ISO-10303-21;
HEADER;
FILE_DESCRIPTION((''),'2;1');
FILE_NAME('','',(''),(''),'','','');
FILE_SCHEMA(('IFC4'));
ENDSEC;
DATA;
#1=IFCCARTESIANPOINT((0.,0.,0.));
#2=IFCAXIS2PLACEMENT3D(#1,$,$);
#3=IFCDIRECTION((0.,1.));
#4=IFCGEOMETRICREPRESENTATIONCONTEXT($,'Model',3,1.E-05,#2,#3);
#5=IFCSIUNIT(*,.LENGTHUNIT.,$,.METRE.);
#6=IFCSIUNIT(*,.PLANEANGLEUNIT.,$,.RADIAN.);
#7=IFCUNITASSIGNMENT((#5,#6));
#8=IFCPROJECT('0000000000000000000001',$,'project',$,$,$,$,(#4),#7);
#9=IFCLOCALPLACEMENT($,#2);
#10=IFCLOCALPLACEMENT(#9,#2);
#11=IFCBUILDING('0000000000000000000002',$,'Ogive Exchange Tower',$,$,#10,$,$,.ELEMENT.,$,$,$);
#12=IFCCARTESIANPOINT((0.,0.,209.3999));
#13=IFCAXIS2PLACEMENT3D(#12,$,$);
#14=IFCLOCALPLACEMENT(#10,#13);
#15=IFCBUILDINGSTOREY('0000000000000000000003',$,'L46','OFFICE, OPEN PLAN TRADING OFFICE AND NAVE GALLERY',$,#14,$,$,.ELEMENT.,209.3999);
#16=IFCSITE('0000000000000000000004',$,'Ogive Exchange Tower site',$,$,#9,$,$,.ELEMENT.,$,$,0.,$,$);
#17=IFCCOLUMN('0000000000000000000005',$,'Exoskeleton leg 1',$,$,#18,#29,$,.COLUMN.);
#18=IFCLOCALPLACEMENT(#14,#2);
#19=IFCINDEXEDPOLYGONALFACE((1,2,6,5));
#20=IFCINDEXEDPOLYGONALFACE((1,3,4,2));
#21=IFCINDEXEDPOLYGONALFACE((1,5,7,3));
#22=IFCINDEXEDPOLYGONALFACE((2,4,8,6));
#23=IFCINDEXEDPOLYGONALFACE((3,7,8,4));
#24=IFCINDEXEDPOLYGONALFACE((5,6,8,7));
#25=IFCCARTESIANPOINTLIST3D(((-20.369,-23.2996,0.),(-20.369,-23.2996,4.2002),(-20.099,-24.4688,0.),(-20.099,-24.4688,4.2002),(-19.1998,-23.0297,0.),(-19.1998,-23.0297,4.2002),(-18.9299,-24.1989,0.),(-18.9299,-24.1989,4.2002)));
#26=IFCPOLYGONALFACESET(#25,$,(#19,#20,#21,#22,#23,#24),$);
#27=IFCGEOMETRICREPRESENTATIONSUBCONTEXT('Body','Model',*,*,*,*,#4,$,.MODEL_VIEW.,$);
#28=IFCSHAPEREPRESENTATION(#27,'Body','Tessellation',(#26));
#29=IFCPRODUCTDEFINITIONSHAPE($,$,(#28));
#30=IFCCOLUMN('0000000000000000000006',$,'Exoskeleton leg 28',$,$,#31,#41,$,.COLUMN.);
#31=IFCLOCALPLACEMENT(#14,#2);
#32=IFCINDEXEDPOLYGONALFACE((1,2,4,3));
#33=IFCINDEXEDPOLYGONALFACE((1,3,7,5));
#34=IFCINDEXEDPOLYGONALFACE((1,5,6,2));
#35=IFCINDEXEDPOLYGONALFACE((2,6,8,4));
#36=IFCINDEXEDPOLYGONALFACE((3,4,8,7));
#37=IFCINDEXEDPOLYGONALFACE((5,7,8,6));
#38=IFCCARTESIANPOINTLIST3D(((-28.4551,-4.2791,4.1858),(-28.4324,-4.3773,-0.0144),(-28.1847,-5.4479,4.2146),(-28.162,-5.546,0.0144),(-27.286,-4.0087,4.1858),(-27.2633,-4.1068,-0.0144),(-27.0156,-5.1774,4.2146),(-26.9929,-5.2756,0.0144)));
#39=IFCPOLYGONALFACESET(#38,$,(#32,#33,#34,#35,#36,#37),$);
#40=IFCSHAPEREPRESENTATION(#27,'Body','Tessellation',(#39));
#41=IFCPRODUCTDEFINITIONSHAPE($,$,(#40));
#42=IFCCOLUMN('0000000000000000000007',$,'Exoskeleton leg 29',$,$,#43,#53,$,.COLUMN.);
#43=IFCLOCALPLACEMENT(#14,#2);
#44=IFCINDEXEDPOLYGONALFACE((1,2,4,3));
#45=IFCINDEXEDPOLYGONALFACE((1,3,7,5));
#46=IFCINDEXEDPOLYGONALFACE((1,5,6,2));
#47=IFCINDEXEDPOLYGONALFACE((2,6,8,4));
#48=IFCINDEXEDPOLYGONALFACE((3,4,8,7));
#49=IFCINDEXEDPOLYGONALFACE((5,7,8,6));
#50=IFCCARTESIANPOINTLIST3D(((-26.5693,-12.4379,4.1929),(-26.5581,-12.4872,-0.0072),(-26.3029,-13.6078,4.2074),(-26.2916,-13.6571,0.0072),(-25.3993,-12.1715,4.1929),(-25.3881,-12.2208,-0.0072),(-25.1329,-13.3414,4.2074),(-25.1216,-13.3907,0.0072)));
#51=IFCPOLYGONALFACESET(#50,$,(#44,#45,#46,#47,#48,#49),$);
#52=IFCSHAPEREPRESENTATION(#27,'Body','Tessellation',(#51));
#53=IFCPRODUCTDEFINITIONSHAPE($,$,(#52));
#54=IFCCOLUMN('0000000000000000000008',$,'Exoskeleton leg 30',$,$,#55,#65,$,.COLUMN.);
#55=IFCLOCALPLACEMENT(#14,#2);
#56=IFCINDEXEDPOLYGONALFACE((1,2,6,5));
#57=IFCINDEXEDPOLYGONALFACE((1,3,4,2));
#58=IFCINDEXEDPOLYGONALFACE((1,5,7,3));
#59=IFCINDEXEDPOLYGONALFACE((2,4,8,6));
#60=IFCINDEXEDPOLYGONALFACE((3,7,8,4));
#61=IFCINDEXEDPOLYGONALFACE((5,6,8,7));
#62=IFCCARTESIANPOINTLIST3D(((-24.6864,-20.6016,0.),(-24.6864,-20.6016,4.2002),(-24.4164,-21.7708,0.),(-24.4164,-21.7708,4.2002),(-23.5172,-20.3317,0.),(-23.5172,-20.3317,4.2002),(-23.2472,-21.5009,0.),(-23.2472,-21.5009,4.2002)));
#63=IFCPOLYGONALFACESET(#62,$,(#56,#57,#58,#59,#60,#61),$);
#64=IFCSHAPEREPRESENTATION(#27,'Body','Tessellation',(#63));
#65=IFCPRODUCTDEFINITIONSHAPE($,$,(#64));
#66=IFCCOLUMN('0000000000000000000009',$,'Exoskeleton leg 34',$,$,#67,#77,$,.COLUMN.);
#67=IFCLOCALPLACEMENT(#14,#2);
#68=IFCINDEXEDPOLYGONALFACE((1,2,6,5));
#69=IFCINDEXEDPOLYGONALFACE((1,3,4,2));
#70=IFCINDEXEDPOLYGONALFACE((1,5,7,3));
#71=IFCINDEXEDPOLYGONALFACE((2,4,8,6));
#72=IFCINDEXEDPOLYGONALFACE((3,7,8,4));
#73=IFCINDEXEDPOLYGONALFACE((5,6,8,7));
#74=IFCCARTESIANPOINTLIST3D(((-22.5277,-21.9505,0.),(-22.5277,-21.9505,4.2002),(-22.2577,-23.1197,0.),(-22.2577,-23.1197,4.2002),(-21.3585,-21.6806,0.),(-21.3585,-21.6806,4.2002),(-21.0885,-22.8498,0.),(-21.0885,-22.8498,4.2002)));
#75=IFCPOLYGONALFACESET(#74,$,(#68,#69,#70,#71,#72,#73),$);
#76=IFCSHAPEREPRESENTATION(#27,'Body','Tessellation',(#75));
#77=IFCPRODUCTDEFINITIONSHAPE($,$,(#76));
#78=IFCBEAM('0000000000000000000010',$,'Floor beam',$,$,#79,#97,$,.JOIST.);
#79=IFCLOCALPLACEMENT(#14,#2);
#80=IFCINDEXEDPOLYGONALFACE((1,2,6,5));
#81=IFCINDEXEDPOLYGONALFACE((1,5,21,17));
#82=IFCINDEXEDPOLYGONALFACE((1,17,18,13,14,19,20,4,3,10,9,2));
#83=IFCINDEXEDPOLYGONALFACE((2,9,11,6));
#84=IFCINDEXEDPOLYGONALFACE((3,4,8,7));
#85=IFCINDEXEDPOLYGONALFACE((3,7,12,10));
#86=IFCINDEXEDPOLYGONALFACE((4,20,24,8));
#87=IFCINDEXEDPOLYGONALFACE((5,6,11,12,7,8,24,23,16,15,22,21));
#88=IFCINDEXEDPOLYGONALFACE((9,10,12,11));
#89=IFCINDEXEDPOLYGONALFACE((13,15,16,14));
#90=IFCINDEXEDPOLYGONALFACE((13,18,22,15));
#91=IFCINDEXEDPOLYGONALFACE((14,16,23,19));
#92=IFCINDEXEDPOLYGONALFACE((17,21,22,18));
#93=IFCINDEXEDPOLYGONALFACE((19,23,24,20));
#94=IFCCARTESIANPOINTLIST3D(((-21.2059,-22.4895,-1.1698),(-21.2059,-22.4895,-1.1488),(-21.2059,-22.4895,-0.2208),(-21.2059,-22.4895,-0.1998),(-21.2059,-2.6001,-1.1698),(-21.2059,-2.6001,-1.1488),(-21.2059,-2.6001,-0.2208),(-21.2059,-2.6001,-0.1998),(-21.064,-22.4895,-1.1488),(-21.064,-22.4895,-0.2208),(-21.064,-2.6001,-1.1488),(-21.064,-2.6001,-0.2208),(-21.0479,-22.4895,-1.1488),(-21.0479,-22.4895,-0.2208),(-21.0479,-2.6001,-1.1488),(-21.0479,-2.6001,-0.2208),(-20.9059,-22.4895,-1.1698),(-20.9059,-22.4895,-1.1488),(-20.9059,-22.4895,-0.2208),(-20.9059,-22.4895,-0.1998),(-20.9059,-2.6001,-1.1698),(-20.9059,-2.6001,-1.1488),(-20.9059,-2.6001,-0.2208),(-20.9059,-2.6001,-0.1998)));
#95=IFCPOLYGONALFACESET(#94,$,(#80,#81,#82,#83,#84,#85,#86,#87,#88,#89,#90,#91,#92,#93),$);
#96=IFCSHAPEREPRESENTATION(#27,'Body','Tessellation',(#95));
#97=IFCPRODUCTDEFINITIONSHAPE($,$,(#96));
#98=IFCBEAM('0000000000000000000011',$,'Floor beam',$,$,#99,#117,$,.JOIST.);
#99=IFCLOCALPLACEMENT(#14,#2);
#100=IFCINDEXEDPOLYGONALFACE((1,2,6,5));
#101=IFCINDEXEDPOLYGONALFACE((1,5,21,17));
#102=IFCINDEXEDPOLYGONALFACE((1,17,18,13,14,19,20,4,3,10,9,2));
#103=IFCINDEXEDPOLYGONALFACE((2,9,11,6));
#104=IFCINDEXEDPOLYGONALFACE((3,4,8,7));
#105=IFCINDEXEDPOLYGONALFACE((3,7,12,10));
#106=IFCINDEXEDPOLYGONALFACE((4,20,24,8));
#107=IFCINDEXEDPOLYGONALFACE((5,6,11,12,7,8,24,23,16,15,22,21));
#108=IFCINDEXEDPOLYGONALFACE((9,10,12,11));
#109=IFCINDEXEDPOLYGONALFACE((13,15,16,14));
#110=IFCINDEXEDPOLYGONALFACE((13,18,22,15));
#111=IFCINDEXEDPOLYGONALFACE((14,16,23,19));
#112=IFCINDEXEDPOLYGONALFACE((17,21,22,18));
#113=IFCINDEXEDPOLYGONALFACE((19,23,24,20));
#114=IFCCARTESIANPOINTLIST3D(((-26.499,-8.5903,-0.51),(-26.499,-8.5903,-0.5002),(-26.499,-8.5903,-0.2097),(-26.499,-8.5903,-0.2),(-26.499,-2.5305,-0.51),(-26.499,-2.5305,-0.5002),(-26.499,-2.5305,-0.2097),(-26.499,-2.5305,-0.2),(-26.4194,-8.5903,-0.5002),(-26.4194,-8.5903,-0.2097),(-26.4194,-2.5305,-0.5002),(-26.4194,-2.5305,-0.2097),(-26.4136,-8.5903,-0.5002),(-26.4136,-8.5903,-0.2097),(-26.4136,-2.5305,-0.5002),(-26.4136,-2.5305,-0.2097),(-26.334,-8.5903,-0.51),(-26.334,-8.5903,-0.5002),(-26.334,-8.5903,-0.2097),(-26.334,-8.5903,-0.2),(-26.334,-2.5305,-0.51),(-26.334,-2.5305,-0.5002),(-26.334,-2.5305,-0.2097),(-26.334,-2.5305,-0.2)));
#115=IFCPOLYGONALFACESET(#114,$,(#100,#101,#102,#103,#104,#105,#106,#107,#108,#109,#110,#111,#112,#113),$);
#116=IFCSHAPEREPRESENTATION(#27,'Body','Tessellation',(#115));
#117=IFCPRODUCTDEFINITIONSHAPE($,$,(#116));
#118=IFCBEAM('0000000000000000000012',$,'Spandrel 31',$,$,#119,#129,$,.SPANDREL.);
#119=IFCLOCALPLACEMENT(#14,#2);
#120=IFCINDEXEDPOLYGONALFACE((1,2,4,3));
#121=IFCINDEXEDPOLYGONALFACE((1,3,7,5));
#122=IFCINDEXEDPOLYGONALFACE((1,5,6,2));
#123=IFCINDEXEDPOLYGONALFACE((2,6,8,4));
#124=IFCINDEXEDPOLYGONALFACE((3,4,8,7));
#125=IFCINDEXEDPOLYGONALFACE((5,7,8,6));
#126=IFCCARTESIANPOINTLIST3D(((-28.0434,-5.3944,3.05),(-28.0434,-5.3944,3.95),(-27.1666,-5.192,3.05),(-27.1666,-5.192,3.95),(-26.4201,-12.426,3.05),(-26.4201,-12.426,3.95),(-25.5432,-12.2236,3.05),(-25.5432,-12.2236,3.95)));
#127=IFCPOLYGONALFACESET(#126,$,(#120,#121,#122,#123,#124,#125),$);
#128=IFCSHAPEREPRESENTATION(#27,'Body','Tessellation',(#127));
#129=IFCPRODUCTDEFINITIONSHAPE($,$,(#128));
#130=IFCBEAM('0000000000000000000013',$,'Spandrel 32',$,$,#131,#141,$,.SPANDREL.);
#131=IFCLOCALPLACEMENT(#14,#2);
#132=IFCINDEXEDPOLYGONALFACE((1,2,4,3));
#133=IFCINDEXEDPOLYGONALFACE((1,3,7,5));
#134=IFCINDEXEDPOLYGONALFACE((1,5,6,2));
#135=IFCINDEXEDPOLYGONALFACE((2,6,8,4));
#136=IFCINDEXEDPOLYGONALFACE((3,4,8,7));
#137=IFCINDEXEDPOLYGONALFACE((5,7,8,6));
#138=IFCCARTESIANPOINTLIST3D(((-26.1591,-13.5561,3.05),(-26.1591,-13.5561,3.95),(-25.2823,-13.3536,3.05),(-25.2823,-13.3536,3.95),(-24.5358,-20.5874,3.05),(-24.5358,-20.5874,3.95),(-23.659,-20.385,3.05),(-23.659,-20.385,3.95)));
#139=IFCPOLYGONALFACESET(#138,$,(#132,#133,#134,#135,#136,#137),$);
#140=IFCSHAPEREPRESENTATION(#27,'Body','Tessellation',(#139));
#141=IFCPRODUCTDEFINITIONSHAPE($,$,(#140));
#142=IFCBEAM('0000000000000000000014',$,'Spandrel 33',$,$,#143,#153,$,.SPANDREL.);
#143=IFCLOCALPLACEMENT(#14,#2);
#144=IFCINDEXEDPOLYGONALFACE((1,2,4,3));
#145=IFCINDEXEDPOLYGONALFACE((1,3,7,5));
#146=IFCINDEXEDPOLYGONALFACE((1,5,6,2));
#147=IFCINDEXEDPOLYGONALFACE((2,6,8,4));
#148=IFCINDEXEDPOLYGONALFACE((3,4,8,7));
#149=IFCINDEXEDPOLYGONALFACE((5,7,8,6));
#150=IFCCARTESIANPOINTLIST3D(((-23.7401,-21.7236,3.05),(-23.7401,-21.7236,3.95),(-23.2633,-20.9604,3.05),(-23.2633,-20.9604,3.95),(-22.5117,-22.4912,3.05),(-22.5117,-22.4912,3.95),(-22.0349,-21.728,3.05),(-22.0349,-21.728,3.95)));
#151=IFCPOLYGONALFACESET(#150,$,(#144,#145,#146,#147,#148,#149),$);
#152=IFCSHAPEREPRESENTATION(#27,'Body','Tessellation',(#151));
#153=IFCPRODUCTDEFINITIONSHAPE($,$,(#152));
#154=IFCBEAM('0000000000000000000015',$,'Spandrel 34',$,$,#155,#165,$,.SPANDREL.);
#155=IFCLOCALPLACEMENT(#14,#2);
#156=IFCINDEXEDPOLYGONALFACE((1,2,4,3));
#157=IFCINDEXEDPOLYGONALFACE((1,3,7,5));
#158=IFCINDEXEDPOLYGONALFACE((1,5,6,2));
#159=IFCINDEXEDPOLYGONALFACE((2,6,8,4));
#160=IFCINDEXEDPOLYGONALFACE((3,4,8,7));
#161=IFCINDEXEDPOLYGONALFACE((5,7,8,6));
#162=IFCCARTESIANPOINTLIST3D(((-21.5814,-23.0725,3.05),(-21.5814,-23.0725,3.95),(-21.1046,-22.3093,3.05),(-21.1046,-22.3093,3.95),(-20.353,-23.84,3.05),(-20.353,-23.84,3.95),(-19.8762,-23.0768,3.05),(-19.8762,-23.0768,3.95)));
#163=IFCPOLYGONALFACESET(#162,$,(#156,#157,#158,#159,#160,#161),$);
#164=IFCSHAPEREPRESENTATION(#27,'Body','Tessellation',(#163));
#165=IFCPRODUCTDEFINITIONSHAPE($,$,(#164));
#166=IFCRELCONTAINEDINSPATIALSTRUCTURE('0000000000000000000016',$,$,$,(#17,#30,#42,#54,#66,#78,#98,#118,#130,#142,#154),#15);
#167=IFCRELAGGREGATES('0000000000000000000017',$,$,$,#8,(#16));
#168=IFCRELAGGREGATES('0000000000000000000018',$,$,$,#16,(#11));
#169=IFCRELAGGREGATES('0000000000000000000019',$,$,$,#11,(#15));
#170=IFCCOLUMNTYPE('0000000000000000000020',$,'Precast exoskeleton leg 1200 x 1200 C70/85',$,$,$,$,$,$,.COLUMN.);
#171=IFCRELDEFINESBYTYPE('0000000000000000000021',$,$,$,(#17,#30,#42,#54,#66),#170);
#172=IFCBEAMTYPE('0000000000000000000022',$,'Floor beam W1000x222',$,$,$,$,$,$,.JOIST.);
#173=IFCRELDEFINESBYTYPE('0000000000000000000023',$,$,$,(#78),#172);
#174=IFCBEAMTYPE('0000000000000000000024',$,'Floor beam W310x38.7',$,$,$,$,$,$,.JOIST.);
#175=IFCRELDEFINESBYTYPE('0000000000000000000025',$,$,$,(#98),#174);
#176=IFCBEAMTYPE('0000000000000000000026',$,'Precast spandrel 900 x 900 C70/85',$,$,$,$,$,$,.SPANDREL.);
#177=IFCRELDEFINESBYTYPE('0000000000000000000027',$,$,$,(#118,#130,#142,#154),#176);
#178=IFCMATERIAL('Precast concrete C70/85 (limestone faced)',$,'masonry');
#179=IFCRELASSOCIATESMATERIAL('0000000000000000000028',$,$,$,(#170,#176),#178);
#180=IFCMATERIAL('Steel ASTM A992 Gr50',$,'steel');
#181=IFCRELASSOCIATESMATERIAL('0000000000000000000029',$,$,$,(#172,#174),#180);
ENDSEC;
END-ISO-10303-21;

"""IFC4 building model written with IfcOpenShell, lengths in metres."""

from ifc_helpers import new_model, si_unit, direction, frame, origin, origin_2d, place, context, subcontext, project, spatial, rectangle, i_section, extrude, material, material_profile, profile_set, type_object, element, save


model = new_model("IFC4")

# Units and contexts
model_context = context("Model", 3, precision=1e-05, world=origin(), true_north=direction((0.0, 1.0)))
body_context = subcontext(model_context, "Body", "Model", "MODEL_VIEW")
ifc_project = project(units=[si_unit("LENGTHUNIT", "METRE"), si_unit("PLANEANGLEUNIT", "RADIAN")], contexts=[model_context])

# Site, building, storey
site_placement = place(None, origin())
site = spatial("IfcSite", under=ifc_project, at=site_placement, Name="Ogive Exchange Tower site", CompositionType="ELEMENT", RefElevation=0.0)
building_placement = place(site_placement, origin())
building = spatial("IfcBuilding", under=site, at=building_placement, Name="Ogive Exchange Tower", CompositionType="ELEMENT")
storey_placement = place(building_placement, frame((0.0, 0.0, 209.3999)))
storey = spatial("IfcBuildingStorey", under=building, at=storey_placement, Name="L46", Description="OFFICE, OPEN PLAN TRADING OFFICE AND NAVE GALLERY", CompositionType="ELEMENT", Elevation=209.3999)

# Columns
ifc_material_1 = material(Name="Precast concrete C70/85 (limestone faced)", Category="masonry")
ifc_material_profile_1 = material_profile(ifc_material_1, rectangle(XDim=1.2, YDim=1.2, at=origin_2d()), Name="1200 x 1200")
ifc_profile_set_1 = profile_set([ifc_material_profile_1], Name="Precast concrete C70/85 (limestone faced)")
column_type = type_object("IfcColumnType", Name="Precast exoskeleton leg 1200 x 1200 C70/85", PredefinedType="COLUMN", material=ifc_profile_set_1)
column_1_placement = place(storey_placement, frame((-19.6494, -23.7493, 0.0), z_axis=(0.0, 0.0, 1.0), x_axis=(0.97437, 0.224951, 0.0)))
element("IfcColumn", 1, at=column_1_placement, inside=storey, type_object=column_type, Name="Exoskeleton leg 1", PredefinedType="COLUMN", context=body_context, shape_type="SweptSolid", body=[
    extrude(rectangle(XDim=1.2, YDim=1.2, at=origin_2d()), origin(), (0.0, 0.0, 1.0), 4.2002),
])
column_2_placement = place(storey_placement, frame((-27.7126, -4.8264, 0.0), z_axis=(-0.005404, 0.02336, 0.999713), x_axis=(-0.974269, -0.22539, 0.0)))
element("IfcColumn", 2, at=column_2_placement, inside=storey, type_object=column_type, Name="Exoskeleton leg 28", PredefinedType="COLUMN", context=body_context, shape_type="SweptSolid", body=[
    extrude(rectangle(XDim=1.2, YDim=1.2, at=origin_2d()), origin(), (0.0, 0.0, 1.0), 4.2014),
])
column_3_placement = place(storey_placement, frame((-25.8398, -12.939, 0.0), z_axis=(-0.002674, 0.011741, 0.999928), x_axis=(-0.975038, -0.222038, 0.0)))
element("IfcColumn", 3, at=column_3_placement, inside=storey, type_object=column_type, Name="Exoskeleton leg 29", PredefinedType="COLUMN", context=body_context, shape_type="SweptSolid", body=[
    extrude(rectangle(XDim=1.2, YDim=1.2, at=origin_2d()), origin(), (0.0, 0.0, 1.0), 4.2004),
])
for number, where, z_axis, x_axis, name in (
    (4, (-23.9668, -21.0513, 0.0), (0.0, 0.0, 1.0), (0.97437, 0.224951, 0.0), "Exoskeleton leg 30"),
    (5, (-21.8081, -22.4001, 0.0), (0.0, 0.0, 1.0), (0.97437, 0.224951, 0.0), "Exoskeleton leg 34"),
):
    element("IfcColumn", number, at=place(storey_placement, frame(where, z_axis=z_axis, x_axis=x_axis)), inside=storey, type_object=column_type, Name=name, PredefinedType="COLUMN", context=body_context, shape_type="SweptSolid", body=[
        extrude(rectangle(XDim=1.2, YDim=1.2, at=origin_2d()), origin(), (0.0, 0.0, 1.0), 4.2002),
    ])

# Beams
ifc_material_2 = material(Name="Steel ASTM A992 Gr50", Category="steel")
ifc_material_profile_2 = material_profile(ifc_material_2, i_section(OverallWidth=0.3, OverallDepth=0.97, WebThickness=0.0161, FlangeThickness=0.021, at=origin_2d()), Name="W1000x222")
ifc_profile_set_2 = profile_set([ifc_material_profile_2], Name="Steel ASTM A992 Gr50")
beam_type_1 = type_object("IfcBeamType", Name="Floor beam W1000x222", PredefinedType="JOIST", material=ifc_profile_set_2)
beam_1_placement = place(storey_placement, frame((-21.0559, -22.4895, -0.6848), z_axis=(0.0, 1.0, 0.0), x_axis=(-1.0, 0.0, 0.0)))
element("IfcBeam", 6, at=beam_1_placement, inside=storey, type_object=beam_type_1, Name="Floor beam", PredefinedType="JOIST", context=body_context, shape_type="SweptSolid", body=[
    extrude(i_section(OverallWidth=0.3, OverallDepth=0.97, WebThickness=0.0161, FlangeThickness=0.021, at=origin_2d()), origin(), (0.0, 0.0, 1.0), 19.8894),
])
ifc_material_profile_3 = material_profile(ifc_material_2, i_section(OverallWidth=0.165, OverallDepth=0.3101, WebThickness=0.0059, FlangeThickness=0.0098, at=origin_2d()), Name="W310x38.7")
ifc_profile_set_3 = profile_set([ifc_material_profile_3], Name="Steel ASTM A992 Gr50")
beam_type_2 = type_object("IfcBeamType", Name="Floor beam W310x38.7", PredefinedType="JOIST", material=ifc_profile_set_3)
beam_2_placement = place(storey_placement, frame((-26.4165, -8.5903, -0.355), z_axis=(0.0, 1.0, 0.0), x_axis=(-1.0, 0.0, 0.0)))
element("IfcBeam", 7, at=beam_2_placement, inside=storey, type_object=beam_type_2, Name="Floor beam", PredefinedType="JOIST", context=body_context, shape_type="SweptSolid", body=[
    extrude(i_section(OverallWidth=0.165, OverallDepth=0.3101, WebThickness=0.0059, FlangeThickness=0.0098, at=origin_2d()), origin(), (0.0, 0.0, 1.0), 6.0598),
])
ifc_material_profile_4 = material_profile(ifc_material_1, rectangle(XDim=0.8999, YDim=0.8999, at=origin_2d()), Name="900 x 900")
ifc_profile_set_4 = profile_set([ifc_material_profile_4], Name="Precast concrete C70/85 (limestone faced)")
beam_type_3 = type_object("IfcBeamType", Name="Precast spandrel 900 x 900 C70/85", PredefinedType="SPANDREL", material=ifc_profile_set_4)
beam_3_placement = place(storey_placement, frame((-27.605, -5.2932, 3.5), z_axis=(0.224944, -0.974372, 0.0), x_axis=(0.974372, 0.224944, 0.0)))
element("IfcBeam", 8, at=beam_3_placement, inside=storey, type_object=beam_type_3, Name="Spandrel 31", PredefinedType="SPANDREL", context=body_context, shape_type="SweptSolid", body=[
    extrude(rectangle(XDim=0.8999, YDim=0.8999, at=origin_2d()), origin(), (0.0, 0.0, 1.0), 7.2166),
])
beam_4_placement = place(storey_placement, frame((-25.7207, -13.4548, 3.5), z_axis=(0.224951, -0.97437, 0.0), x_axis=(0.97437, 0.224951, 0.0)))
element("IfcBeam", 9, at=beam_4_placement, inside=storey, type_object=beam_type_3, Name="Spandrel 32", PredefinedType="SPANDREL", context=body_context, shape_type="SweptSolid", body=[
    extrude(rectangle(XDim=0.8999, YDim=0.8999, at=origin_2d()), origin(), (0.0, 0.0, 1.0), 7.2163),
])
for number, where, z_axis, x_axis, name in (
    (10, (-23.5017, -21.342, 3.5), (0.848074, -0.529878, 0.0), (0.529878, 0.848074, 0.0), "Spandrel 33"),
    (11, (-21.343, -22.6909, 3.5), (0.848074, -0.529878, 0.0), (0.529878, 0.848074, 0.0), "Spandrel 34"),
):
    element("IfcBeam", number, at=place(storey_placement, frame(where, z_axis=z_axis, x_axis=x_axis)), inside=storey, type_object=beam_type_3, Name=name, PredefinedType="SPANDREL", context=body_context, shape_type="SweptSolid", body=[
        extrude(rectangle(XDim=0.8999, YDim=0.8999, at=origin_2d()), origin(), (0.0, 0.0, 1.0), 1.4485),
    ])

save(model, "model.ifc")
